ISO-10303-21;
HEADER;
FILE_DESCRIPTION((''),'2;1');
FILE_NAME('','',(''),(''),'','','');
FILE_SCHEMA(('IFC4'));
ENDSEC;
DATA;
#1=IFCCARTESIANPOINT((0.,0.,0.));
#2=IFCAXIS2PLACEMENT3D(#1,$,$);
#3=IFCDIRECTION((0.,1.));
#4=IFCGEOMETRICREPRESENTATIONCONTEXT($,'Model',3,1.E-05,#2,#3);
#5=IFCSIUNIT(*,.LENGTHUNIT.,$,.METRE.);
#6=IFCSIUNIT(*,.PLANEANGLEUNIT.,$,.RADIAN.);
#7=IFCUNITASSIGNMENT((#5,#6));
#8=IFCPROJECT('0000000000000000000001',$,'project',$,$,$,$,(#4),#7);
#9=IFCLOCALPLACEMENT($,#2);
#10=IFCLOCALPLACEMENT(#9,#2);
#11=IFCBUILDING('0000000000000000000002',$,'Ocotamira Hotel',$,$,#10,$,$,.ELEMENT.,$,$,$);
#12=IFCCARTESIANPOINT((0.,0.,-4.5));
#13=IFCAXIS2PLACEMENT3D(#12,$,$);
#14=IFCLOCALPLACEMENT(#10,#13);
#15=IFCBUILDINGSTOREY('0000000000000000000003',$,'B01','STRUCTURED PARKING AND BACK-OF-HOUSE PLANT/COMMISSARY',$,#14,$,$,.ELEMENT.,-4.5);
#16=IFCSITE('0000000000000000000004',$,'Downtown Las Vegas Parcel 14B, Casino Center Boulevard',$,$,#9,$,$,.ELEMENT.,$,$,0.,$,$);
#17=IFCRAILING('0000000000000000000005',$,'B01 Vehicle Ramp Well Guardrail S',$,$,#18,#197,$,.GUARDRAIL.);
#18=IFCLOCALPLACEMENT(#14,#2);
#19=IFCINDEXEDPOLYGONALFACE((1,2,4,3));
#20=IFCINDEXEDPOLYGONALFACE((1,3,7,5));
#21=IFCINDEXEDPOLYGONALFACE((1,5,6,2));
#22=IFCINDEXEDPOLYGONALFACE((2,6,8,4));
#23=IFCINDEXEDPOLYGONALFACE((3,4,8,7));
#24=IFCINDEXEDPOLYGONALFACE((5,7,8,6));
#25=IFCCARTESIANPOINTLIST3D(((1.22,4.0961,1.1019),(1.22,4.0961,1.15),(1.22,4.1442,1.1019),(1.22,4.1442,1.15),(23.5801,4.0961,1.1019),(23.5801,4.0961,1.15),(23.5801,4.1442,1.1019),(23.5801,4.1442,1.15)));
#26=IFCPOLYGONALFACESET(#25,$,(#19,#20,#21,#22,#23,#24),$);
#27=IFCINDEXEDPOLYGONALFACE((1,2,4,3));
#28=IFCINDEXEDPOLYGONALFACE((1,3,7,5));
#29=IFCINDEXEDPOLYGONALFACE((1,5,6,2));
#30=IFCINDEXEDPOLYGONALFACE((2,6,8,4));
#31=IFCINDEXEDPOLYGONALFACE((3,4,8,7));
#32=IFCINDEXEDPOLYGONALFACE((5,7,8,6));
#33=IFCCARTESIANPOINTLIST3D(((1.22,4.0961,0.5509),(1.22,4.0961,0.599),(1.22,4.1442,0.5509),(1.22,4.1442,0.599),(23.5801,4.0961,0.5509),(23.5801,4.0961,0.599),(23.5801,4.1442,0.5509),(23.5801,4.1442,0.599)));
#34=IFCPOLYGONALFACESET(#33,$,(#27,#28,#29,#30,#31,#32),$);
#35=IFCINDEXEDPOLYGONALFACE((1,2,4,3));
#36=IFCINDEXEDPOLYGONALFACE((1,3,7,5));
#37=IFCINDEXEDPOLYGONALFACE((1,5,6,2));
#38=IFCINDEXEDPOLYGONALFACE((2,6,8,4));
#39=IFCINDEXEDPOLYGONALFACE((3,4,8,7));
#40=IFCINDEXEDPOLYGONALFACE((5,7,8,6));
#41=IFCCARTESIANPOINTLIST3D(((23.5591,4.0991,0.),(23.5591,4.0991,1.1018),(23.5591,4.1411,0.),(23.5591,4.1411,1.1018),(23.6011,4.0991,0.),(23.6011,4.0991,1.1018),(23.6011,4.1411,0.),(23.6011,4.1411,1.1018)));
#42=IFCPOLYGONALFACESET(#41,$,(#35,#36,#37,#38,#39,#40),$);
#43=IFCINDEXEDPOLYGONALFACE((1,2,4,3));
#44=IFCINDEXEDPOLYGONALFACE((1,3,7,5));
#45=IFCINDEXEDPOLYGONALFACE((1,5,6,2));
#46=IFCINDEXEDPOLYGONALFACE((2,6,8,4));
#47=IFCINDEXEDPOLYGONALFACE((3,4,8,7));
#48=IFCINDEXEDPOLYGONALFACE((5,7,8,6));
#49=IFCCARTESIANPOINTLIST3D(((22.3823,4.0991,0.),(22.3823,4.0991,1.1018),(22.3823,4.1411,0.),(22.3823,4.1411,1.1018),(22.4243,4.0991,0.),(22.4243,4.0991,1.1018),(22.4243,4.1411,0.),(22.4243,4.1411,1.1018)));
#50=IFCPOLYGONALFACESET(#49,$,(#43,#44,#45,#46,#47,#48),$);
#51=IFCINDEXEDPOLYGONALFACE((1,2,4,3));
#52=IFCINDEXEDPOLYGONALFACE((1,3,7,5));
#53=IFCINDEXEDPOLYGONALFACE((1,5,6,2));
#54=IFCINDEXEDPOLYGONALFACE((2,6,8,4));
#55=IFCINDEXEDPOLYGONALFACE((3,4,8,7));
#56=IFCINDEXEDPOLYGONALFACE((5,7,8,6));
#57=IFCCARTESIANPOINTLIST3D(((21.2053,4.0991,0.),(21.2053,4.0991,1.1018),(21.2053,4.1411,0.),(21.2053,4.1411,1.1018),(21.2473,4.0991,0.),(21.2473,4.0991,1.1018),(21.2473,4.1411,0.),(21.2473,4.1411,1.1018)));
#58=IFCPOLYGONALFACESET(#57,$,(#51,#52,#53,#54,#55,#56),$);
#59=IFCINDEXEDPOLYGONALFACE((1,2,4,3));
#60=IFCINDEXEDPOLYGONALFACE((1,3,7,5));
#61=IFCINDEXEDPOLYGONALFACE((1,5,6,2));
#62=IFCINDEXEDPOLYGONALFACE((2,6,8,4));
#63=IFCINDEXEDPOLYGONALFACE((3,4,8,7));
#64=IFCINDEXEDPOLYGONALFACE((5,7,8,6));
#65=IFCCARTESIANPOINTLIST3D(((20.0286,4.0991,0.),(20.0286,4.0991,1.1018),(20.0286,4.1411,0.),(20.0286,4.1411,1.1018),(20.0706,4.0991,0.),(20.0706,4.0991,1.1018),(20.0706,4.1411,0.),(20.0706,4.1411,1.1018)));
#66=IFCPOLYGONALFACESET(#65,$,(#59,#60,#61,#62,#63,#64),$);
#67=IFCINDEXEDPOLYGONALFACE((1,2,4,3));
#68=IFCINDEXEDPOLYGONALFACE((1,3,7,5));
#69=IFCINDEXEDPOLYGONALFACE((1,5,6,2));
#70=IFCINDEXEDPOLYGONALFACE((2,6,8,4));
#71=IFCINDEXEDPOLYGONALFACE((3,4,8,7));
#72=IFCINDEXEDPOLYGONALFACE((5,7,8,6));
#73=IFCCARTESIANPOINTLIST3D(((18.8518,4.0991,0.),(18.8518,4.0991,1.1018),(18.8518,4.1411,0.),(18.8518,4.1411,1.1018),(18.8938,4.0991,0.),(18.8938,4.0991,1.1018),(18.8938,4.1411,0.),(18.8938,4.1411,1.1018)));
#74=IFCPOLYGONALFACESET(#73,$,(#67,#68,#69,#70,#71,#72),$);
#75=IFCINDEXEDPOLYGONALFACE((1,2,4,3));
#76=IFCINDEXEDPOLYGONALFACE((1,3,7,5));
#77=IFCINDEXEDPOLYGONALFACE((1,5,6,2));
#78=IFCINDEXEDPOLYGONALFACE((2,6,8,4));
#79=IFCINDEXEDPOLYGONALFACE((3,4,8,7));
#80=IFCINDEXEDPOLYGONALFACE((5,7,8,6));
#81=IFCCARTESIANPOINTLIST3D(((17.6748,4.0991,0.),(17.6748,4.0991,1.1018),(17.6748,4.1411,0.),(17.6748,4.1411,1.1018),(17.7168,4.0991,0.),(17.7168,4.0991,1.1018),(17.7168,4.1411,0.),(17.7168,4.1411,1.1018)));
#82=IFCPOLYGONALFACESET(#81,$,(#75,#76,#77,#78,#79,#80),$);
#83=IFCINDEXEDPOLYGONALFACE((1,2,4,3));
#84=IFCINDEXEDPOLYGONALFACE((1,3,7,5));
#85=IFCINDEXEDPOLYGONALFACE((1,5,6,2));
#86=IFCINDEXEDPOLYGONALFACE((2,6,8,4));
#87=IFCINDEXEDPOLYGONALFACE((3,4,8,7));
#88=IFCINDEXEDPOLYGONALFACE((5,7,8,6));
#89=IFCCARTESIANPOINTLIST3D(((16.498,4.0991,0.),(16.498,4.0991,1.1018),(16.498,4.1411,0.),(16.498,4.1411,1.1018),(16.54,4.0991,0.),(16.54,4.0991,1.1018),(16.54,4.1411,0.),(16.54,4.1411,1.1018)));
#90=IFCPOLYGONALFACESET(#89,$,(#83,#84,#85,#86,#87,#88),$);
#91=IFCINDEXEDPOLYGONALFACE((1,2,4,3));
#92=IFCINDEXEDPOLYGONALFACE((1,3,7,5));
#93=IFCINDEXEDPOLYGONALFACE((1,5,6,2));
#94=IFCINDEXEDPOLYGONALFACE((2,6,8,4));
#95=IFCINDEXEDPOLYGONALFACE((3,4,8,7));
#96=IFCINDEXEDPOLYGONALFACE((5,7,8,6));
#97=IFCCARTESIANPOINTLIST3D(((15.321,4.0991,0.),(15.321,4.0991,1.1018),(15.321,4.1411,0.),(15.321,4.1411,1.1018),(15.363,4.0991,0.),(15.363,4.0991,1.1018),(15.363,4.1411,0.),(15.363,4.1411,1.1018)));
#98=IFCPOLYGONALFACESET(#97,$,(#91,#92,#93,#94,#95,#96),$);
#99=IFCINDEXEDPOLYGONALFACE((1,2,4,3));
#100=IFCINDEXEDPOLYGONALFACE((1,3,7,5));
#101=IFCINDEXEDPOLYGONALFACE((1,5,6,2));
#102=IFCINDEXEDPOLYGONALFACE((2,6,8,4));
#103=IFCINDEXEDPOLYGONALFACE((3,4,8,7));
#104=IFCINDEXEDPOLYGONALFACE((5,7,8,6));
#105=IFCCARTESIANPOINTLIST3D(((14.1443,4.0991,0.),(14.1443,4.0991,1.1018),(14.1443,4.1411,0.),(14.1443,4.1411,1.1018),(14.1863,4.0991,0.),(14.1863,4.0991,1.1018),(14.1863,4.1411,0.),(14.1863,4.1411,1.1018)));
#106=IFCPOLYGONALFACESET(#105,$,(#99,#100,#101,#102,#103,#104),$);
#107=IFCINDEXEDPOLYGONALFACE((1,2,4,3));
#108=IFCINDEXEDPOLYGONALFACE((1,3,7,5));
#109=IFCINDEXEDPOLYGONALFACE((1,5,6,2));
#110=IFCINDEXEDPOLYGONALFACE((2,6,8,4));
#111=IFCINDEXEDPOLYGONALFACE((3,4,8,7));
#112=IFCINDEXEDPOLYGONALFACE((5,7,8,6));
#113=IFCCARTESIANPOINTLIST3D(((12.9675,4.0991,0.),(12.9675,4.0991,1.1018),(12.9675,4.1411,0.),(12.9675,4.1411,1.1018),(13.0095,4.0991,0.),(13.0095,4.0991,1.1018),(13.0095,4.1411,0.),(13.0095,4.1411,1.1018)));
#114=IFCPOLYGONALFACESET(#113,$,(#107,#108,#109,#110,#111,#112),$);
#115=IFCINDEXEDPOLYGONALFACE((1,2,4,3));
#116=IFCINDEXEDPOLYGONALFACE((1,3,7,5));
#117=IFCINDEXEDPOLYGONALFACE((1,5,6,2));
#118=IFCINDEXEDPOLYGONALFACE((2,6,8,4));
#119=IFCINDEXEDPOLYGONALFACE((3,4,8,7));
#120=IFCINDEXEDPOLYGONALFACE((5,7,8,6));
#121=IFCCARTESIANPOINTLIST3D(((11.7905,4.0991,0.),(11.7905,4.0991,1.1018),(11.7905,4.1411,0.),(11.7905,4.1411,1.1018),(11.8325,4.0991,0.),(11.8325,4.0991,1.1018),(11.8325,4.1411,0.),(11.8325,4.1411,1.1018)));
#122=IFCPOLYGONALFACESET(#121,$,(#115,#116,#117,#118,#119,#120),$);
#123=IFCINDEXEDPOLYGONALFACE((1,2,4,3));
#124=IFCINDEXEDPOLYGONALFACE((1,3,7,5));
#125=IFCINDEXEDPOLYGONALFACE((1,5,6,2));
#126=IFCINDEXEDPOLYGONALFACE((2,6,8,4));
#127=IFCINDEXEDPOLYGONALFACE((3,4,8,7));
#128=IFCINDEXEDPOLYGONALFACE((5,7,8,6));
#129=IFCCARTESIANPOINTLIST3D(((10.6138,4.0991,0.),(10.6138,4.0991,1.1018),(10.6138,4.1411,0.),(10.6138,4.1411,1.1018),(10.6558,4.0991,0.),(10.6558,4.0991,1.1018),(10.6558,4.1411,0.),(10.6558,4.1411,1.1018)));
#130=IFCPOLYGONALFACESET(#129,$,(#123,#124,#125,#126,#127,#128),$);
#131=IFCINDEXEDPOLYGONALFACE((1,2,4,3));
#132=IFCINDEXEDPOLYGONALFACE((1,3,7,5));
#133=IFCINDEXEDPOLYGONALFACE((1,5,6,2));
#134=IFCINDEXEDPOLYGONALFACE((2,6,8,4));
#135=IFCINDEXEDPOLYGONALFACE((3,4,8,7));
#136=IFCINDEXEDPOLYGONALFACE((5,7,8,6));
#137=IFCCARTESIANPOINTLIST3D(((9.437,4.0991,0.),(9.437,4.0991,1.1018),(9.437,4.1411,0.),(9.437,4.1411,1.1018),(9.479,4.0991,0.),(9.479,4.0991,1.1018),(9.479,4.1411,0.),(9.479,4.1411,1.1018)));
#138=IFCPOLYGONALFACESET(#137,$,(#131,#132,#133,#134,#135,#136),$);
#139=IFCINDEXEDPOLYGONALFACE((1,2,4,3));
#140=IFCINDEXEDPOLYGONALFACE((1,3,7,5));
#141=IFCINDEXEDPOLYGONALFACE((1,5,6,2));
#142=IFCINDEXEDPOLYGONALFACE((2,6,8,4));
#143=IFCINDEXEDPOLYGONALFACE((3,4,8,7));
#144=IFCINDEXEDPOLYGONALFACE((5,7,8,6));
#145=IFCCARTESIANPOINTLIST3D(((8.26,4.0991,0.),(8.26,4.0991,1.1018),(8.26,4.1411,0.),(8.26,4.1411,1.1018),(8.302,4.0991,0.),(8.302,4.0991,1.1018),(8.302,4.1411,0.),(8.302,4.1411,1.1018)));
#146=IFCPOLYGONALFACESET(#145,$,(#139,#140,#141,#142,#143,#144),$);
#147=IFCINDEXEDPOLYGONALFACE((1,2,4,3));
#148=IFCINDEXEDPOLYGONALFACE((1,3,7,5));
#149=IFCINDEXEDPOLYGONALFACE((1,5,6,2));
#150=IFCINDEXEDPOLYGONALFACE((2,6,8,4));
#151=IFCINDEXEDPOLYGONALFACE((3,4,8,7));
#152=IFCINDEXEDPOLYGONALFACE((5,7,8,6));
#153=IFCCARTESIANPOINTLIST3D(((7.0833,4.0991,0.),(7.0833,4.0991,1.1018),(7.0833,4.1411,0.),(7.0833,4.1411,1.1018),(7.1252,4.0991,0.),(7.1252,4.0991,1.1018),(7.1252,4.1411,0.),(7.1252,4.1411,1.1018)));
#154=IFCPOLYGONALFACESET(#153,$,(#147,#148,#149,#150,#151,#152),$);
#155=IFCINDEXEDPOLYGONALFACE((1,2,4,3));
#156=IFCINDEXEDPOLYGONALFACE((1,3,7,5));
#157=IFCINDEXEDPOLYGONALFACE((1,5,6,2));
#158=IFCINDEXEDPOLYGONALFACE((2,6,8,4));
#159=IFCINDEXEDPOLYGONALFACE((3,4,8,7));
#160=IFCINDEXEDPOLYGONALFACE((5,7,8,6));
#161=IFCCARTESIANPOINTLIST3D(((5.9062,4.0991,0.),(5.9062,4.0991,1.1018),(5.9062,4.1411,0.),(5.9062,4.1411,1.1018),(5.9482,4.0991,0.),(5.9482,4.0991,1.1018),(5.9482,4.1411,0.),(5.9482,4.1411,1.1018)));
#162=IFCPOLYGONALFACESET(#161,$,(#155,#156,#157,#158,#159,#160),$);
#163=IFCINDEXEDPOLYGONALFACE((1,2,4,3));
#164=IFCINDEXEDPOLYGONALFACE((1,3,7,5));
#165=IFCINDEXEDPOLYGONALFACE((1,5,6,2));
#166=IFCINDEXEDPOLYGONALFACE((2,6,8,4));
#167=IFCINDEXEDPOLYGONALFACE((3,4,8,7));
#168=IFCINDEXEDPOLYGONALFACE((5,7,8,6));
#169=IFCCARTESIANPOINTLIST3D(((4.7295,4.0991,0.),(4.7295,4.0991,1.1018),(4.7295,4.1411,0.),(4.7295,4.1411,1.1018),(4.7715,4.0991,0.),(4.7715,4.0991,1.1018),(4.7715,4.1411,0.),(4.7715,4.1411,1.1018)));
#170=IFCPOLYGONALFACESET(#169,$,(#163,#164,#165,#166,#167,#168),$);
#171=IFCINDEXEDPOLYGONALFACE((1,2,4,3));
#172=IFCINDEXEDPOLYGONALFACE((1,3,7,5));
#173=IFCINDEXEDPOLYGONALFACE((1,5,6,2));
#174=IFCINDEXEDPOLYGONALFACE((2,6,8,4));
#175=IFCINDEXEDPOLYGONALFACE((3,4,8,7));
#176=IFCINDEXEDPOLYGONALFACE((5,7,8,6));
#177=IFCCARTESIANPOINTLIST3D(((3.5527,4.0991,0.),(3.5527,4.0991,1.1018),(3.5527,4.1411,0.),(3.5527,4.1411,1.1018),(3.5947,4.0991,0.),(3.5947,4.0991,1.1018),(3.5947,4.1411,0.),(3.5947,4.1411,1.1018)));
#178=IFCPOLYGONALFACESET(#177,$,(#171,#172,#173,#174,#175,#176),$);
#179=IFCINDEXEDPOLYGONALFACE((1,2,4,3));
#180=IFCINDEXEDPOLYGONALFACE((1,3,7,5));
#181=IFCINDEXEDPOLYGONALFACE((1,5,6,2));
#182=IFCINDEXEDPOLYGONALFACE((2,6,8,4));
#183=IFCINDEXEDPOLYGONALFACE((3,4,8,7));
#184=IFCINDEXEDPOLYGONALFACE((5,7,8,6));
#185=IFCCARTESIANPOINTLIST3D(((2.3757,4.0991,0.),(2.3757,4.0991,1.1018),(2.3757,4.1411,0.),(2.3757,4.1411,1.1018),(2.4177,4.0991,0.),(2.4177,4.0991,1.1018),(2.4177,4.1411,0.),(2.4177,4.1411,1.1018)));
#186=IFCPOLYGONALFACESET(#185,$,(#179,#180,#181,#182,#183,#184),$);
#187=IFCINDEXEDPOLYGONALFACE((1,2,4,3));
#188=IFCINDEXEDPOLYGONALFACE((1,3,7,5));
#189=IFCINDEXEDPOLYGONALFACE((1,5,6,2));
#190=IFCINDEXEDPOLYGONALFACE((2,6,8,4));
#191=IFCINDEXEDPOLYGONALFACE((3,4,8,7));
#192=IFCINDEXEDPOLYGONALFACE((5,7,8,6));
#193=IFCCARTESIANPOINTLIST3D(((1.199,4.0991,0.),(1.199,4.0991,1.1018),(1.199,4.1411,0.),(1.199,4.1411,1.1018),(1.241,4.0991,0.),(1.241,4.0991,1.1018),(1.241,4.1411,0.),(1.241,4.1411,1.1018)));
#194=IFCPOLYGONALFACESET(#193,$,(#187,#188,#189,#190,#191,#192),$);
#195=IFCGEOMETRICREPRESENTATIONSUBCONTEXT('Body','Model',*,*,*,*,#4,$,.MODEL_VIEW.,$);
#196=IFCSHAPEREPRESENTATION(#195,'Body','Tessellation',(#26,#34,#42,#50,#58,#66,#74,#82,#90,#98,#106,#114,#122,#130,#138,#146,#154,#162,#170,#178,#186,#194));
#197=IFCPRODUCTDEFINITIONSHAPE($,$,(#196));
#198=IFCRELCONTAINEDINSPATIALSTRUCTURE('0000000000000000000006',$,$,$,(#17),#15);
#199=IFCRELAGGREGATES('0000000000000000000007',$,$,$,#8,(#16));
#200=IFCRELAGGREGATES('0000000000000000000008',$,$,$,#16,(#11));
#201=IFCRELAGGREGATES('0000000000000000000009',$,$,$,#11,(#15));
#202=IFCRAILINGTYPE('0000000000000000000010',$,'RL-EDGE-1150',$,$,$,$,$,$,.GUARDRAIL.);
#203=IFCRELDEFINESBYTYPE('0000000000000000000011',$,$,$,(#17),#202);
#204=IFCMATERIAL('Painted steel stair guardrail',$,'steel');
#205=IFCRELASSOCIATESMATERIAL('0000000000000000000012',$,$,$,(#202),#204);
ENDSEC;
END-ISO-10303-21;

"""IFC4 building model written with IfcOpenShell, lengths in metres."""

from ifc_helpers import new_model, si_unit, direction, frame, origin, origin_2d, place, context, subcontext, project, spatial, rectangle, extrude, material, type_object, element, save


model = new_model("IFC4")

# Units and contexts
model_context = context("Model", 3, precision=1e-05, world=origin(), true_north=direction((0.0, 1.0)))
body_context = subcontext(model_context, "Body", "Model", "MODEL_VIEW")
ifc_project = project(units=[si_unit("LENGTHUNIT", "METRE"), si_unit("PLANEANGLEUNIT", "RADIAN")], contexts=[model_context])

# Site, building, storey
site_placement = place(None, origin())
site = spatial("IfcSite", under=ifc_project, at=site_placement, Name="Downtown Las Vegas Parcel 14B, Casino Center Boulevard", CompositionType="ELEMENT", RefElevation=0.0)
building_placement = place(site_placement, origin())
building = spatial("IfcBuilding", under=site, at=building_placement, Name="Ocotamira Hotel", CompositionType="ELEMENT")
storey_placement = place(building_placement, frame((0.0, 0.0, -4.5)))
storey = spatial("IfcBuildingStorey", under=building, at=storey_placement, Name="B01", Description="STRUCTURED PARKING AND BACK-OF-HOUSE PLANT/COMMISSARY", CompositionType="ELEMENT", Elevation=-4.5)

# Railing
ifc_material_1 = material(Name="Painted steel stair guardrail", Category="steel")
railing_type = type_object("IfcRailingType", Name="RL-EDGE-1150", PredefinedType="GUARDRAIL", material=ifc_material_1)
railing_1_placement = place(storey_placement, frame((23.5801, 4.1201, 0.0)))
element("IfcRailing", 1, at=railing_1_placement, inside=storey, type_object=railing_type, Name="B01 Vehicle Ramp Well Guardrail S", PredefinedType="GUARDRAIL", context=body_context, shape_type="SweptSolid", body=[
    extrude(rectangle(XDim=0.0481, YDim=0.0481, at=origin_2d()), frame((0.0, 0.0, 1.126), z_axis=(-1.0, 0.0, 0.0), x_axis=(0.0, -1.0, 0.0)), (0.0, 0.0, 1.0), 22.3601),
    extrude(rectangle(XDim=0.0481, YDim=0.0481, at=origin_2d()), frame((0.0, 0.0, 0.575), z_axis=(-1.0, 0.0, 0.0), x_axis=(0.0, -1.0, 0.0)), (0.0, 0.0, 1.0), 22.3601),
    extrude(rectangle(XDim=0.042, YDim=0.042, at=origin_2d()), origin(), (0.0, 0.0, 1.0), 1.1018),
    extrude(rectangle(XDim=0.042, YDim=0.042, at=origin_2d()), frame((-1.1768, 0.0, 0.0)), (0.0, 0.0, 1.0), 1.1018),
    extrude(rectangle(XDim=0.042, YDim=0.042, at=origin_2d()), frame((-2.3538, 0.0, 0.0)), (0.0, 0.0, 1.0), 1.1018),
    extrude(rectangle(XDim=0.042, YDim=0.042, at=origin_2d()), frame((-3.5305, 0.0, 0.0)), (0.0, 0.0, 1.0), 1.1018),
    extrude(rectangle(XDim=0.042, YDim=0.042, at=origin_2d()), frame((-4.7073, 0.0, 0.0)), (0.0, 0.0, 1.0), 1.1018),
    extrude(rectangle(XDim=0.042, YDim=0.042, at=origin_2d()), frame((-5.8843, 0.0, 0.0)), (0.0, 0.0, 1.0), 1.1018),
    extrude(rectangle(XDim=0.042, YDim=0.042, at=origin_2d()), frame((-7.061, 0.0, 0.0)), (0.0, 0.0, 1.0), 1.1018),
    extrude(rectangle(XDim=0.042, YDim=0.042, at=origin_2d()), frame((-8.238, 0.0, 0.0)), (0.0, 0.0, 1.0), 1.1018),
    extrude(rectangle(XDim=0.042, YDim=0.042, at=origin_2d()), frame((-9.4148, 0.0, 0.0)), (0.0, 0.0, 1.0), 1.1018),
    extrude(rectangle(XDim=0.042, YDim=0.042, at=origin_2d()), frame((-10.5916, 0.0, 0.0)), (0.0, 0.0, 1.0), 1.1018),
    extrude(rectangle(XDim=0.042, YDim=0.042, at=origin_2d()), frame((-11.7686, 0.0, 0.0)), (0.0, 0.0, 1.0), 1.1018),
    extrude(rectangle(XDim=0.042, YDim=0.042, at=origin_2d()), frame((-12.9453, 0.0, 0.0)), (0.0, 0.0, 1.0), 1.1018),
    extrude(rectangle(XDim=0.042, YDim=0.042, at=origin_2d()), frame((-14.1221, 0.0, 0.0)), (0.0, 0.0, 1.0), 1.1018),
    extrude(rectangle(XDim=0.042, YDim=0.042, at=origin_2d()), frame((-15.2991, 0.0, 0.0)), (0.0, 0.0, 1.0), 1.1018),
    extrude(rectangle(XDim=0.042, YDim=0.042, at=origin_2d()), frame((-16.4758, 0.0, 0.0)), (0.0, 0.0, 1.0), 1.1018),
    extrude(rectangle(XDim=0.042, YDim=0.042, at=origin_2d()), frame((-17.6528, 0.0, 0.0)), (0.0, 0.0, 1.0), 1.1018),
    extrude(rectangle(XDim=0.042, YDim=0.042, at=origin_2d()), frame((-18.8296, 0.0, 0.0)), (0.0, 0.0, 1.0), 1.1018),
    extrude(rectangle(XDim=0.042, YDim=0.042, at=origin_2d()), frame((-20.0063, 0.0, 0.0)), (0.0, 0.0, 1.0), 1.1018),
    extrude(rectangle(XDim=0.042, YDim=0.042, at=origin_2d()), frame((-21.1833, 0.0, 0.0)), (0.0, 0.0, 1.0), 1.1018),
    extrude(rectangle(XDim=0.042, YDim=0.042, at=origin_2d()), frame((-22.3601, 0.0, 0.0)), (0.0, 0.0, 1.0), 1.1018),
])

save(model, "model.ifc")
